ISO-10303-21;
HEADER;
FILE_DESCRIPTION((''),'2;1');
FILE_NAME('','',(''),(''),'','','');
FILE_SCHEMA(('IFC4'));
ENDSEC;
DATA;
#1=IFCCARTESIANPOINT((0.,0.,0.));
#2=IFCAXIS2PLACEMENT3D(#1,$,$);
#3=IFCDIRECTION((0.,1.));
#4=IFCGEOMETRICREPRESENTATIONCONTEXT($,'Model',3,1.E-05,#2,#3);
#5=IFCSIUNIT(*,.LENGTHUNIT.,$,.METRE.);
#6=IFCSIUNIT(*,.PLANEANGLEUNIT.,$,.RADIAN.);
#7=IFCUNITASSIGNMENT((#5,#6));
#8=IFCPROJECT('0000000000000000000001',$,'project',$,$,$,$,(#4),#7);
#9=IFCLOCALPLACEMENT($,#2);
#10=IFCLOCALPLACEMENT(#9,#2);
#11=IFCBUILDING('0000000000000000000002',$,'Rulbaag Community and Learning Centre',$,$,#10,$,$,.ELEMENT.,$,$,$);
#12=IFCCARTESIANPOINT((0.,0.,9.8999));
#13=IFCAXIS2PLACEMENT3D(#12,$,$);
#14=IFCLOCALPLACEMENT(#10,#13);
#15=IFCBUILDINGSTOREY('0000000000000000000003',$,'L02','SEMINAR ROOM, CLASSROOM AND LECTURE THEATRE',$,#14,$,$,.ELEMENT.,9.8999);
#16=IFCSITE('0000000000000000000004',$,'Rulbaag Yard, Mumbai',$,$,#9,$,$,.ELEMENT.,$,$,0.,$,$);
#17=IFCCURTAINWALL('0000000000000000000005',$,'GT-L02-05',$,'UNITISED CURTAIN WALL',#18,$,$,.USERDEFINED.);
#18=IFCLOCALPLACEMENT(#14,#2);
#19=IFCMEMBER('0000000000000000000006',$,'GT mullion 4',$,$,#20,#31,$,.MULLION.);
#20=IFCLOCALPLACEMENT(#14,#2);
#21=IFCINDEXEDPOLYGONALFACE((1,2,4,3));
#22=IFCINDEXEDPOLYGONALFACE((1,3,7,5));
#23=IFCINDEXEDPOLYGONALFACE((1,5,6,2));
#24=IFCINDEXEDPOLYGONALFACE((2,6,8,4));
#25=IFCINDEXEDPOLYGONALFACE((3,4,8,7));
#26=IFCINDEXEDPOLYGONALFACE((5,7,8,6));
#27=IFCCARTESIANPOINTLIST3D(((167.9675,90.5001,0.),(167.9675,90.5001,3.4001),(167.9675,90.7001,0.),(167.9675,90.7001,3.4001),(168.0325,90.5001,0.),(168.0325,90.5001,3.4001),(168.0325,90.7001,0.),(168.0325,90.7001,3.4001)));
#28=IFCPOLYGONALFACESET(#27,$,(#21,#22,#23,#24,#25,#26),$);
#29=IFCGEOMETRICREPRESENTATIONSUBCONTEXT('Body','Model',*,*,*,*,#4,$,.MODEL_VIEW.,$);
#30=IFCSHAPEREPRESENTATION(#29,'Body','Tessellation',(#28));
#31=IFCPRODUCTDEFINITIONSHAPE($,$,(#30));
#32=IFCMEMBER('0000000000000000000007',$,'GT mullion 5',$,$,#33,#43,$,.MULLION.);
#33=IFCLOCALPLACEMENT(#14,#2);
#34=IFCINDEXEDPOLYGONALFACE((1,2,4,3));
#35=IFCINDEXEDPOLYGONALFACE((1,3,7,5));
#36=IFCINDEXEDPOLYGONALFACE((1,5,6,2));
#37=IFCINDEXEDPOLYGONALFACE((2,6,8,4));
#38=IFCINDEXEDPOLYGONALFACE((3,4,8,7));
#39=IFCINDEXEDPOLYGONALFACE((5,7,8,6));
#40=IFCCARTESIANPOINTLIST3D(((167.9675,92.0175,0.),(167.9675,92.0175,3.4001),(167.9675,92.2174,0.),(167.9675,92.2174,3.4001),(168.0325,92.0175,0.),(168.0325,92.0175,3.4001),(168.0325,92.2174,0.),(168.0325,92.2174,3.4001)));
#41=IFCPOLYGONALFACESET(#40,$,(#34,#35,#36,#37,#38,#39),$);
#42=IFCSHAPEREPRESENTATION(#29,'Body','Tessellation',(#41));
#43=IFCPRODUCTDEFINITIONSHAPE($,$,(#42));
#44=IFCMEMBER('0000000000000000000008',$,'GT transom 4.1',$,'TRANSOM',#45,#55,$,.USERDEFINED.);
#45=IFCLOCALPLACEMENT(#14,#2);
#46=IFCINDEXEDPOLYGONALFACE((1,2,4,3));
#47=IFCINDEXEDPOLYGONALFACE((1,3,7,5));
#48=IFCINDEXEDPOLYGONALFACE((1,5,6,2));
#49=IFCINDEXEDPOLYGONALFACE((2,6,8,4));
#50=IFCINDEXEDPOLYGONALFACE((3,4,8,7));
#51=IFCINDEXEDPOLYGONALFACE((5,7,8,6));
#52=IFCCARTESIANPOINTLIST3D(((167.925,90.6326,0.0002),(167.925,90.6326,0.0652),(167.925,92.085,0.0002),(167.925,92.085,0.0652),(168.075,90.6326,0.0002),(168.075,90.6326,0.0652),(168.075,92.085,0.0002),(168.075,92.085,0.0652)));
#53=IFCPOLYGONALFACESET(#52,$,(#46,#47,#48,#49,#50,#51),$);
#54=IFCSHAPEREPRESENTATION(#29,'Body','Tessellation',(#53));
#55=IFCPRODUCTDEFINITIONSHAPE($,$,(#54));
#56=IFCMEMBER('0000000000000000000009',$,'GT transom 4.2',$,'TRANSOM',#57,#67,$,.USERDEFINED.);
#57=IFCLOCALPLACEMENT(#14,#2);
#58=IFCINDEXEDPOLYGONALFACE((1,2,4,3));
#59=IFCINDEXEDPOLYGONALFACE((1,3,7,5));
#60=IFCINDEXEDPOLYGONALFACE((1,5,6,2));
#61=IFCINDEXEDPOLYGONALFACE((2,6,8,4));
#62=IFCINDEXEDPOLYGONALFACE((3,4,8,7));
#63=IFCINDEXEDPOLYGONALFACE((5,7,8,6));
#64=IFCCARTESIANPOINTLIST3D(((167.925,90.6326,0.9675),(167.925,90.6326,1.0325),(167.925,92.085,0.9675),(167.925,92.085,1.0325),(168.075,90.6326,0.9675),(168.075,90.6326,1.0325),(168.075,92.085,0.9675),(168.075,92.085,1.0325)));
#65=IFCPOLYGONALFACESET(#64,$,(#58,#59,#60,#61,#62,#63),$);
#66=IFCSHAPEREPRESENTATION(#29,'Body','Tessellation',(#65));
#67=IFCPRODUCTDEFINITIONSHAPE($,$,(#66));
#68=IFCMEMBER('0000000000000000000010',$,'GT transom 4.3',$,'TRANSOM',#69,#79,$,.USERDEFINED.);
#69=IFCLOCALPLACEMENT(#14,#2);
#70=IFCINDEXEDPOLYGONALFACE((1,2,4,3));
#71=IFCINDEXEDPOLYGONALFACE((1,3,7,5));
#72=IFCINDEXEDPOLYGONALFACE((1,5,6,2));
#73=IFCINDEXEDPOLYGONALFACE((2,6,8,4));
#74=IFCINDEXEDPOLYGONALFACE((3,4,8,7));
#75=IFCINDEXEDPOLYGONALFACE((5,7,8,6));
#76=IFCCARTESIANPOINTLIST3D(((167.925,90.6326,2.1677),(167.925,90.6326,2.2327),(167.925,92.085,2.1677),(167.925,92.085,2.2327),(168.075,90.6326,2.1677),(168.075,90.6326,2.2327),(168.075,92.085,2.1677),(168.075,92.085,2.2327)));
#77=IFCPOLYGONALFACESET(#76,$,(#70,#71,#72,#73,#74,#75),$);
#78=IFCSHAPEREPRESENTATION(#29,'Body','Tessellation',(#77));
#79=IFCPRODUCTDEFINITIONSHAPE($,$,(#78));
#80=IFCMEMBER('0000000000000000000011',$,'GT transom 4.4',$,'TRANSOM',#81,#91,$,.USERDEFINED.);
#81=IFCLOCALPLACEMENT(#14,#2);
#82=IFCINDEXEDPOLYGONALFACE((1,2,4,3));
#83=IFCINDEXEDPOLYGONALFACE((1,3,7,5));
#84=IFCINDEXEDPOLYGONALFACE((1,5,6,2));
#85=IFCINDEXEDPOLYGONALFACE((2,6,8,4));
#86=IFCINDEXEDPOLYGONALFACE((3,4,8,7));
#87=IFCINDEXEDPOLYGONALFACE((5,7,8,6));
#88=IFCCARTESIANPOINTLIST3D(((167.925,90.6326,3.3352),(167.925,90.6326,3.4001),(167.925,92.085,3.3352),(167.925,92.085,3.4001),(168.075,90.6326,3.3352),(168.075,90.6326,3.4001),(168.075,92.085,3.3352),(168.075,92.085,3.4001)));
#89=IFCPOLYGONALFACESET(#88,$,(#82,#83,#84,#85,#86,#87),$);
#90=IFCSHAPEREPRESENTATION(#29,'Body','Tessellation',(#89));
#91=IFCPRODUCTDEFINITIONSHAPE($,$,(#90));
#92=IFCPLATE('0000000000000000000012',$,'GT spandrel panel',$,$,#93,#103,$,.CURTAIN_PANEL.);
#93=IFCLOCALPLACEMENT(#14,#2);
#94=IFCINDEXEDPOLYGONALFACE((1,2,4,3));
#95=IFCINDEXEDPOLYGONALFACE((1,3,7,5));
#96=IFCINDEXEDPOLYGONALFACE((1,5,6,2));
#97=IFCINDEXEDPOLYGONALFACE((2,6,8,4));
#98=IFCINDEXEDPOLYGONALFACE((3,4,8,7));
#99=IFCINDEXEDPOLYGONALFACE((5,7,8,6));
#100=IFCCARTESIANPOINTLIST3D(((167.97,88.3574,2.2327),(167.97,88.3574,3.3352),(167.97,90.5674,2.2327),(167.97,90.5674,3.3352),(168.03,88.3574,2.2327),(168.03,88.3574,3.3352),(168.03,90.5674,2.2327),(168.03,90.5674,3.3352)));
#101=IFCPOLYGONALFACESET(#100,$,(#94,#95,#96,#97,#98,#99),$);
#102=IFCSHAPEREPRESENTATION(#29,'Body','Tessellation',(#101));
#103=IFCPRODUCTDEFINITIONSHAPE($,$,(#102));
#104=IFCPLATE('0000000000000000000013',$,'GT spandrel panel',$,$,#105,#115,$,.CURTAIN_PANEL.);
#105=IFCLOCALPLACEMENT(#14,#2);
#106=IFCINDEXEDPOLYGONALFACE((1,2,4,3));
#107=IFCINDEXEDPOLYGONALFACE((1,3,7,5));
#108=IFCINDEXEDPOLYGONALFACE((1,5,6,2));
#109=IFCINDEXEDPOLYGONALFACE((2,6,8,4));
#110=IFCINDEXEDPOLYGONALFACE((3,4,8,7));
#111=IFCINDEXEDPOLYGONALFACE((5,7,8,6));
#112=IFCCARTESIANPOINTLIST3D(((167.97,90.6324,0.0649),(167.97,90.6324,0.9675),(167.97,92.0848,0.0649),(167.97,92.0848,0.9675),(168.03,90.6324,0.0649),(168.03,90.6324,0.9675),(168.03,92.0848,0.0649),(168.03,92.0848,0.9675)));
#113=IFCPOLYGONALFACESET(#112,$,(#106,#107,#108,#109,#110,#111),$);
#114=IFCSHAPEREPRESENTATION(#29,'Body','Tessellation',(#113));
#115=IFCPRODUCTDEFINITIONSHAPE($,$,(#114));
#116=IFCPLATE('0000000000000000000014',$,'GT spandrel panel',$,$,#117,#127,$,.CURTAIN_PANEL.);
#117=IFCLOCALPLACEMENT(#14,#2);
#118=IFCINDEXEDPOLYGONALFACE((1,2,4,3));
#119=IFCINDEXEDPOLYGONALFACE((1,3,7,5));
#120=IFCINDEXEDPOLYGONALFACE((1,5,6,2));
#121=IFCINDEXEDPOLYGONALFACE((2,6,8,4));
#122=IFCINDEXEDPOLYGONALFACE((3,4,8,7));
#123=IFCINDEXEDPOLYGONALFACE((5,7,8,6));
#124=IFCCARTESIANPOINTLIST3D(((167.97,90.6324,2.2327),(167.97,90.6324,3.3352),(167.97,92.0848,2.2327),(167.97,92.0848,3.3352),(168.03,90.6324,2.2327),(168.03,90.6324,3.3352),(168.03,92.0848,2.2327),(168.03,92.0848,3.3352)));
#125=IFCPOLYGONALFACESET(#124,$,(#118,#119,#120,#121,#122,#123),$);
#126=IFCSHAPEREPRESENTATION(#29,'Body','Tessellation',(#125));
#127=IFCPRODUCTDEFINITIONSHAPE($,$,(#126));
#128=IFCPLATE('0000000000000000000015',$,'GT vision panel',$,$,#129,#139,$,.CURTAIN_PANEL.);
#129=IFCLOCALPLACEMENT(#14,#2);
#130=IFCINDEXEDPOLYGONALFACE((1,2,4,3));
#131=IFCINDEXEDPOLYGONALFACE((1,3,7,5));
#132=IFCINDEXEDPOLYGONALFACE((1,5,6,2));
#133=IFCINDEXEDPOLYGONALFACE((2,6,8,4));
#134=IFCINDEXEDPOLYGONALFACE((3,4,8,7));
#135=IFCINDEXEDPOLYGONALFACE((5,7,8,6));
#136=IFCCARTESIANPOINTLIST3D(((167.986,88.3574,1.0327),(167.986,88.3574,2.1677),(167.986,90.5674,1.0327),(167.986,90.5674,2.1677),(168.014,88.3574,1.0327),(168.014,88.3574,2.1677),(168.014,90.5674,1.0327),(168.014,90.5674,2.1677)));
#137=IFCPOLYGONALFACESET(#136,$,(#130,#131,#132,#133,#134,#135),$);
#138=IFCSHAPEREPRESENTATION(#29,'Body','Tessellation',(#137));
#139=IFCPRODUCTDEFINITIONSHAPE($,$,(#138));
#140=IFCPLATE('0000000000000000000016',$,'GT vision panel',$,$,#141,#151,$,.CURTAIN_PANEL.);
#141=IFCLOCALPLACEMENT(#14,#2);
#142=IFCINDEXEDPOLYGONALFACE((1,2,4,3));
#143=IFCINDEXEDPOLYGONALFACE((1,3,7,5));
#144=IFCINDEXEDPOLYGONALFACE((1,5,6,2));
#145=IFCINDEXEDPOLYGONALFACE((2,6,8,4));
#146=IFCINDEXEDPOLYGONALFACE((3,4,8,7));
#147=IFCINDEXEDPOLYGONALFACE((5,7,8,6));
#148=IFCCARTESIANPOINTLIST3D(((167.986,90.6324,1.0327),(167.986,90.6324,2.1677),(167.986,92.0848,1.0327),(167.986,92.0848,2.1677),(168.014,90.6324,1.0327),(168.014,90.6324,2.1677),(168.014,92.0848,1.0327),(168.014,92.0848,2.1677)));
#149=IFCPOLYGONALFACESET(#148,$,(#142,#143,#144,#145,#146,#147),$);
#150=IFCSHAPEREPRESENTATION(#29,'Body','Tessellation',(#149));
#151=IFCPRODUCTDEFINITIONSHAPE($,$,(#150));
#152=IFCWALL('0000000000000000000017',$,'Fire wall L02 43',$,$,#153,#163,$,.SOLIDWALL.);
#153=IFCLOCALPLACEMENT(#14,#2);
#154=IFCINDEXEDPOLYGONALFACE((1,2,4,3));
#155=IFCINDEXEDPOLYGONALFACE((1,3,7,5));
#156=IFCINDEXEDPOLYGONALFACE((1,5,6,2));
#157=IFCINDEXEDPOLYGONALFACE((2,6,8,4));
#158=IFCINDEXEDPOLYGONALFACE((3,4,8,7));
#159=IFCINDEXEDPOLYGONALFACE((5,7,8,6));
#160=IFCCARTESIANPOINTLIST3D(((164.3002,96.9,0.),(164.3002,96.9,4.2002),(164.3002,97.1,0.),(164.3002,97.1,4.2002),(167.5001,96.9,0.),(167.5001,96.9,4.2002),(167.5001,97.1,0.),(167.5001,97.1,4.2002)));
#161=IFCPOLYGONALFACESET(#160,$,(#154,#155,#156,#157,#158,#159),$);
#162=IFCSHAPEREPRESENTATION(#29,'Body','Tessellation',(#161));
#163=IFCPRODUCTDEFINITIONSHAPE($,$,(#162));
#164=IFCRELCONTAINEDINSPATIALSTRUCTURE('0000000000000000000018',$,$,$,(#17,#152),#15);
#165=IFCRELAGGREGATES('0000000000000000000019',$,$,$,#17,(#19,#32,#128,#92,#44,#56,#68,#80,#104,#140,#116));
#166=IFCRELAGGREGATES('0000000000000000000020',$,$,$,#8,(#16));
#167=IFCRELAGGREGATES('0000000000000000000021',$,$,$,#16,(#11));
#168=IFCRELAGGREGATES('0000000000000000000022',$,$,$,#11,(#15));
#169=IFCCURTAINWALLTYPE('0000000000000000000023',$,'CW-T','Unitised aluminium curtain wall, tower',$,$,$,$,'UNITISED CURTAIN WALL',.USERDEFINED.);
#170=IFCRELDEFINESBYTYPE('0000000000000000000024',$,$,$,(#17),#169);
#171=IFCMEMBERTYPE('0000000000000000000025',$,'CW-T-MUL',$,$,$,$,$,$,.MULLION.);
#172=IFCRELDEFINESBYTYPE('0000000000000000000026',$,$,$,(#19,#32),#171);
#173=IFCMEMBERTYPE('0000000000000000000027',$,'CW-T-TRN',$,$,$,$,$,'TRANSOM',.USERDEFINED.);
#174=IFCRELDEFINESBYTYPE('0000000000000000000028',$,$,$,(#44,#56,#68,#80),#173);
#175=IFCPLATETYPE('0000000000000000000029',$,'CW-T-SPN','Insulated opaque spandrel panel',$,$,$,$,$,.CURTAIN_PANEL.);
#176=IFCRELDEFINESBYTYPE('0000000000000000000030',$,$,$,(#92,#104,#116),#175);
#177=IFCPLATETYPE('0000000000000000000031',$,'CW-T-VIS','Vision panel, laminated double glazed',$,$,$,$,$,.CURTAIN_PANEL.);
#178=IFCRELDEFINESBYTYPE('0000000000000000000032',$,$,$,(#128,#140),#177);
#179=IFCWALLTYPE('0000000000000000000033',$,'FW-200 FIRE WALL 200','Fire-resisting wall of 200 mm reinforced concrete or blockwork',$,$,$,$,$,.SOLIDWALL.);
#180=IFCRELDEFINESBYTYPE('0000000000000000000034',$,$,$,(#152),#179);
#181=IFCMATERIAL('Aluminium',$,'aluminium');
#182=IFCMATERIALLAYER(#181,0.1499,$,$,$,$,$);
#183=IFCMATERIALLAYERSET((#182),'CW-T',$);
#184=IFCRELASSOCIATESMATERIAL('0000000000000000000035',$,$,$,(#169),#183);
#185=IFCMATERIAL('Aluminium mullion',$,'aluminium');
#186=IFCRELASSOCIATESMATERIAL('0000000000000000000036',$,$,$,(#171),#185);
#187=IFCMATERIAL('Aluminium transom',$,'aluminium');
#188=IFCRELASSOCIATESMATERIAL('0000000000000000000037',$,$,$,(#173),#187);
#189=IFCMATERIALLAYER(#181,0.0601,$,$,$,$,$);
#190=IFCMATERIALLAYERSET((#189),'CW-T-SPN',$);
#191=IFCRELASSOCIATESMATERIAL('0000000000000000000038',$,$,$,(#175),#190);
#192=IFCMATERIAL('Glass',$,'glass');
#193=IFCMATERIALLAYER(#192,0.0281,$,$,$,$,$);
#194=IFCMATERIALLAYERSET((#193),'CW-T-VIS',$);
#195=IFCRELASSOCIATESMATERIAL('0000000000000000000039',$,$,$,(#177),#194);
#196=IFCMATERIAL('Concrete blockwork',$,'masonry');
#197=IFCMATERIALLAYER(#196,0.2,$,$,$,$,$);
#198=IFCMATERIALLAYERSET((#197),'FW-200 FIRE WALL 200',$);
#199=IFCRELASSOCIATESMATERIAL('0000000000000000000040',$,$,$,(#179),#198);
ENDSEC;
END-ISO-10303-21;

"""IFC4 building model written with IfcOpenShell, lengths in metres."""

from ifc_helpers import new_model, si_unit, direction, frame, frame_2d, origin, origin_2d, place, context, subcontext, project, spatial, rectangle, extrude, material, layer, layer_set, material_profile, profile_set, type_object, element, aggregate, save


model = new_model("IFC4")

# Units and contexts
model_context = context("Model", 3, precision=1e-05, world=origin(), true_north=direction((0.0, 1.0)))
body_context = subcontext(model_context, "Body", "Model", "MODEL_VIEW")
ifc_project = project(units=[si_unit("LENGTHUNIT", "METRE"), si_unit("PLANEANGLEUNIT", "RADIAN")], contexts=[model_context])

# Site, building, storey
site_placement = place(None, origin())
site = spatial("IfcSite", under=ifc_project, at=site_placement, Name="Rulbaag Yard, Mumbai", CompositionType="ELEMENT", RefElevation=0.0)
building_placement = place(site_placement, origin())
building = spatial("IfcBuilding", under=site, at=building_placement, Name="Rulbaag Community and Learning Centre", CompositionType="ELEMENT")
storey_placement = place(building_placement, frame((0.0, 0.0, 9.8999)))
storey = spatial("IfcBuildingStorey", under=building, at=storey_placement, Name="L02", Description="SEMINAR ROOM, CLASSROOM AND LECTURE THEATRE", CompositionType="ELEMENT", Elevation=9.8999)

# Curtain wall, members, plates
ifc_material_1 = material(Name="Aluminium", Category="aluminium")
ifc_layer_1 = layer(ifc_material_1, 0.1499)
ifc_layer_set_1 = layer_set([ifc_layer_1], Name="CW-T")
curtain_wall_type = type_object("IfcCurtainWallType", Name="CW-T", Description="Unitised aluminium curtain wall, tower", ElementType="UNITISED CURTAIN WALL", PredefinedType="USERDEFINED", material=ifc_layer_set_1)
curtain_wall_placement = place(storey_placement, origin())
curtain_wall = element("IfcCurtainWall", 1, at=curtain_wall_placement, inside=storey, type_object=curtain_wall_type, Name="GT-L02-05", ObjectType="UNITISED CURTAIN WALL", PredefinedType="USERDEFINED")
ifc_material_2 = material(Name="Aluminium mullion", Category="aluminium")
ifc_material_profile_1 = material_profile(ifc_material_2, rectangle(XDim=0.0649, YDim=0.2, at=origin_2d()), Name="AL 65x200")
ifc_profile_set_1 = profile_set([ifc_material_profile_1], Name="Aluminium mullion")
member_type_1 = type_object("IfcMemberType", Name="CW-T-MUL", PredefinedType="MULLION", material=ifc_profile_set_1)
member_1_placement = place(storey_placement, frame((168.0, 90.6001, 0.0), z_axis=(0.0, 0.0, 1.0), x_axis=(-1.0, 0.0, 0.0)))
member_1 = element("IfcMember", 2, at=member_1_placement, type_object=member_type_1, Name="GT mullion 4", PredefinedType="MULLION", context=body_context, shape_type="SweptSolid", body=[
    extrude(rectangle(XDim=0.0649, YDim=0.2, at=origin_2d()), origin(), (0.0, 0.0, 1.0), 3.4001),
])
member_2_placement = place(storey_placement, frame((168.0, 92.1174, 0.0), z_axis=(0.0, 0.0, 1.0), x_axis=(-1.0, 0.0, 0.0)))
member_2 = element("IfcMember", 3, at=member_2_placement, type_object=member_type_1, Name="GT mullion 5", PredefinedType="MULLION", context=body_context, shape_type="SweptSolid", body=[
    extrude(rectangle(XDim=0.0649, YDim=0.2, at=origin_2d()), origin(), (0.0, 0.0, 1.0), 3.4001),
])
ifc_material_3 = material(Name="Aluminium transom", Category="aluminium")
ifc_material_profile_2 = material_profile(ifc_material_3, rectangle(XDim=0.1499, YDim=0.0649, at=origin_2d()), Name="AL 65x150 T")
ifc_profile_set_2 = profile_set([ifc_material_profile_2], Name="Aluminium transom")
member_type_2 = type_object("IfcMemberType", Name="CW-T-TRN", ElementType="TRANSOM", PredefinedType="USERDEFINED", material=ifc_profile_set_2)
member_3_placement = place(storey_placement, frame((168.0, 90.6326, 0.0327), z_axis=(0.0, 1.0, 0.0), x_axis=(-1.0, 0.0, 0.0)))
member_3 = element("IfcMember", 4, at=member_3_placement, type_object=member_type_2, Name="GT transom 4.1", ObjectType="TRANSOM", PredefinedType="USERDEFINED", context=body_context, shape_type="SweptSolid", body=[
    extrude(rectangle(XDim=0.1499, YDim=0.0649, at=origin_2d()), origin(), (0.0, 0.0, 1.0), 1.4524),
])
member_4_placement = place(storey_placement, frame((168.0, 90.6326, 1.0), z_axis=(0.0, 1.0, 0.0), x_axis=(-1.0, 0.0, 0.0)))
member_4 = element("IfcMember", 5, at=member_4_placement, type_object=member_type_2, Name="GT transom 4.2", ObjectType="TRANSOM", PredefinedType="USERDEFINED", context=body_context, shape_type="SweptSolid", body=[
    extrude(rectangle(XDim=0.1499, YDim=0.0649, at=origin_2d()), origin(), (0.0, 0.0, 1.0), 1.4524),
])
member_5_placement = place(storey_placement, frame((168.0, 90.6326, 2.2002), z_axis=(0.0, 1.0, 0.0), x_axis=(-1.0, 0.0, 0.0)))
member_5 = element("IfcMember", 6, at=member_5_placement, type_object=member_type_2, Name="GT transom 4.3", ObjectType="TRANSOM", PredefinedType="USERDEFINED", context=body_context, shape_type="SweptSolid", body=[
    extrude(rectangle(XDim=0.1499, YDim=0.0649, at=origin_2d()), origin(), (0.0, 0.0, 1.0), 1.4524),
])
member_6_placement = place(storey_placement, frame((168.0, 90.6326, 3.3677), z_axis=(0.0, 1.0, 0.0), x_axis=(-1.0, 0.0, 0.0)))
member_6 = element("IfcMember", 7, at=member_6_placement, type_object=member_type_2, Name="GT transom 4.4", ObjectType="TRANSOM", PredefinedType="USERDEFINED", context=body_context, shape_type="SweptSolid", body=[
    extrude(rectangle(XDim=0.1499, YDim=0.0649, at=origin_2d()), origin(), (0.0, 0.0, 1.0), 1.4524),
])
ifc_layer_2 = layer(ifc_material_1, 0.0601)
ifc_layer_set_2 = layer_set([ifc_layer_2], Name="CW-T-SPN")
plate_type_1 = type_object("IfcPlateType", Name="CW-T-SPN", Description="Insulated opaque spandrel panel", PredefinedType="CURTAIN_PANEL", material=ifc_layer_set_2)
plate_1_placement = place(storey_placement, frame((168.0, 89.4624, 2.2327), z_axis=(0.0, 0.0, 1.0), x_axis=(0.0, 1.0, 0.0)))
plate_1 = element("IfcPlate", 8, at=plate_1_placement, type_object=plate_type_1, Name="GT spandrel panel", PredefinedType="CURTAIN_PANEL", context=body_context, shape_type="SweptSolid", body=[
    extrude(rectangle(XDim=2.21, YDim=0.0601, at=origin_2d()), origin(), (0.0, 0.0, 1.0), 1.1025),
])
plate_2_placement = place(storey_placement, frame((168.0, 91.3586, 0.0649), z_axis=(0.0, 0.0, 1.0), x_axis=(0.0, 1.0, 0.0)))
plate_2 = element("IfcPlate", 9, at=plate_2_placement, type_object=plate_type_1, Name="GT spandrel panel", PredefinedType="CURTAIN_PANEL", context=body_context, shape_type="SweptSolid", body=[
    extrude(rectangle(XDim=1.4524, YDim=0.0601, at=origin_2d()), origin(), (0.0, 0.0, 1.0), 0.9026),
])
plate_3_placement = place(storey_placement, frame((168.0, 91.3586, 2.2327), z_axis=(0.0, 0.0, 1.0), x_axis=(0.0, 1.0, 0.0)))
plate_3 = element("IfcPlate", 10, at=plate_3_placement, type_object=plate_type_1, Name="GT spandrel panel", PredefinedType="CURTAIN_PANEL", context=body_context, shape_type="SweptSolid", body=[
    extrude(rectangle(XDim=1.4524, YDim=0.0601, at=origin_2d()), origin(), (0.0, 0.0, 1.0), 1.1025),
])
ifc_material_4 = material(Name="Glass", Category="glass")
ifc_layer_3 = layer(ifc_material_4, 0.0281)
ifc_layer_set_3 = layer_set([ifc_layer_3], Name="CW-T-VIS")
plate_type_2 = type_object("IfcPlateType", Name="CW-T-VIS", Description="Vision panel, laminated double glazed", PredefinedType="CURTAIN_PANEL", material=ifc_layer_set_3)
plate_4_placement = place(storey_placement, frame((168.0, 89.4624, 1.0327), z_axis=(0.0, 0.0, 1.0), x_axis=(0.0, 1.0, 0.0)))
plate_4 = element("IfcPlate", 11, at=plate_4_placement, type_object=plate_type_2, Name="GT vision panel", PredefinedType="CURTAIN_PANEL", context=body_context, shape_type="SweptSolid", body=[
    extrude(rectangle(XDim=2.21, YDim=0.0281, at=origin_2d()), origin(), (0.0, 0.0, 1.0), 1.135),
])
plate_5_placement = place(storey_placement, frame((168.0, 91.3586, 1.0327), z_axis=(0.0, 0.0, 1.0), x_axis=(0.0, 1.0, 0.0)))
plate_5 = element("IfcPlate", 12, at=plate_5_placement, type_object=plate_type_2, Name="GT vision panel", PredefinedType="CURTAIN_PANEL", context=body_context, shape_type="SweptSolid", body=[
    extrude(rectangle(XDim=1.4524, YDim=0.0281, at=origin_2d()), origin(), (0.0, 0.0, 1.0), 1.135),
])
aggregate(curtain_wall, [member_1, member_2, plate_4, plate_1, member_3, member_4, member_5, member_6, plate_2, plate_5, plate_3])

# Wall
ifc_material_5 = material(Name="Concrete blockwork", Category="masonry")
ifc_layer_4 = layer(ifc_material_5, 0.2)
ifc_layer_set_4 = layer_set([ifc_layer_4], Name="FW-200 FIRE WALL 200")
wall_type_1 = type_object("IfcWallType", Name="FW-200 FIRE WALL 200", Description="Fire-resisting wall of 200 mm reinforced concrete or blockwork", PredefinedType="SOLIDWALL", material=ifc_layer_set_4)
wall_1_placement = place(storey_placement, frame((164.3, 97.0, 0.0), z_axis=(0.0, 0.0, 1.0), x_axis=(1.0, 0.0, 0.0)))
element("IfcWall", 13, at=wall_1_placement, inside=storey, type_object=wall_type_1, Name="Fire wall L02 43", PredefinedType="SOLIDWALL", context=body_context, shape_type="SweptSolid", body=[
    extrude(rectangle(XDim=3.2, YDim=0.2, at=frame_2d((1.6001, 0.0))), origin(), (0.0, 0.0, 1.0), 4.2002),
])

save(model, "model.ifc")
